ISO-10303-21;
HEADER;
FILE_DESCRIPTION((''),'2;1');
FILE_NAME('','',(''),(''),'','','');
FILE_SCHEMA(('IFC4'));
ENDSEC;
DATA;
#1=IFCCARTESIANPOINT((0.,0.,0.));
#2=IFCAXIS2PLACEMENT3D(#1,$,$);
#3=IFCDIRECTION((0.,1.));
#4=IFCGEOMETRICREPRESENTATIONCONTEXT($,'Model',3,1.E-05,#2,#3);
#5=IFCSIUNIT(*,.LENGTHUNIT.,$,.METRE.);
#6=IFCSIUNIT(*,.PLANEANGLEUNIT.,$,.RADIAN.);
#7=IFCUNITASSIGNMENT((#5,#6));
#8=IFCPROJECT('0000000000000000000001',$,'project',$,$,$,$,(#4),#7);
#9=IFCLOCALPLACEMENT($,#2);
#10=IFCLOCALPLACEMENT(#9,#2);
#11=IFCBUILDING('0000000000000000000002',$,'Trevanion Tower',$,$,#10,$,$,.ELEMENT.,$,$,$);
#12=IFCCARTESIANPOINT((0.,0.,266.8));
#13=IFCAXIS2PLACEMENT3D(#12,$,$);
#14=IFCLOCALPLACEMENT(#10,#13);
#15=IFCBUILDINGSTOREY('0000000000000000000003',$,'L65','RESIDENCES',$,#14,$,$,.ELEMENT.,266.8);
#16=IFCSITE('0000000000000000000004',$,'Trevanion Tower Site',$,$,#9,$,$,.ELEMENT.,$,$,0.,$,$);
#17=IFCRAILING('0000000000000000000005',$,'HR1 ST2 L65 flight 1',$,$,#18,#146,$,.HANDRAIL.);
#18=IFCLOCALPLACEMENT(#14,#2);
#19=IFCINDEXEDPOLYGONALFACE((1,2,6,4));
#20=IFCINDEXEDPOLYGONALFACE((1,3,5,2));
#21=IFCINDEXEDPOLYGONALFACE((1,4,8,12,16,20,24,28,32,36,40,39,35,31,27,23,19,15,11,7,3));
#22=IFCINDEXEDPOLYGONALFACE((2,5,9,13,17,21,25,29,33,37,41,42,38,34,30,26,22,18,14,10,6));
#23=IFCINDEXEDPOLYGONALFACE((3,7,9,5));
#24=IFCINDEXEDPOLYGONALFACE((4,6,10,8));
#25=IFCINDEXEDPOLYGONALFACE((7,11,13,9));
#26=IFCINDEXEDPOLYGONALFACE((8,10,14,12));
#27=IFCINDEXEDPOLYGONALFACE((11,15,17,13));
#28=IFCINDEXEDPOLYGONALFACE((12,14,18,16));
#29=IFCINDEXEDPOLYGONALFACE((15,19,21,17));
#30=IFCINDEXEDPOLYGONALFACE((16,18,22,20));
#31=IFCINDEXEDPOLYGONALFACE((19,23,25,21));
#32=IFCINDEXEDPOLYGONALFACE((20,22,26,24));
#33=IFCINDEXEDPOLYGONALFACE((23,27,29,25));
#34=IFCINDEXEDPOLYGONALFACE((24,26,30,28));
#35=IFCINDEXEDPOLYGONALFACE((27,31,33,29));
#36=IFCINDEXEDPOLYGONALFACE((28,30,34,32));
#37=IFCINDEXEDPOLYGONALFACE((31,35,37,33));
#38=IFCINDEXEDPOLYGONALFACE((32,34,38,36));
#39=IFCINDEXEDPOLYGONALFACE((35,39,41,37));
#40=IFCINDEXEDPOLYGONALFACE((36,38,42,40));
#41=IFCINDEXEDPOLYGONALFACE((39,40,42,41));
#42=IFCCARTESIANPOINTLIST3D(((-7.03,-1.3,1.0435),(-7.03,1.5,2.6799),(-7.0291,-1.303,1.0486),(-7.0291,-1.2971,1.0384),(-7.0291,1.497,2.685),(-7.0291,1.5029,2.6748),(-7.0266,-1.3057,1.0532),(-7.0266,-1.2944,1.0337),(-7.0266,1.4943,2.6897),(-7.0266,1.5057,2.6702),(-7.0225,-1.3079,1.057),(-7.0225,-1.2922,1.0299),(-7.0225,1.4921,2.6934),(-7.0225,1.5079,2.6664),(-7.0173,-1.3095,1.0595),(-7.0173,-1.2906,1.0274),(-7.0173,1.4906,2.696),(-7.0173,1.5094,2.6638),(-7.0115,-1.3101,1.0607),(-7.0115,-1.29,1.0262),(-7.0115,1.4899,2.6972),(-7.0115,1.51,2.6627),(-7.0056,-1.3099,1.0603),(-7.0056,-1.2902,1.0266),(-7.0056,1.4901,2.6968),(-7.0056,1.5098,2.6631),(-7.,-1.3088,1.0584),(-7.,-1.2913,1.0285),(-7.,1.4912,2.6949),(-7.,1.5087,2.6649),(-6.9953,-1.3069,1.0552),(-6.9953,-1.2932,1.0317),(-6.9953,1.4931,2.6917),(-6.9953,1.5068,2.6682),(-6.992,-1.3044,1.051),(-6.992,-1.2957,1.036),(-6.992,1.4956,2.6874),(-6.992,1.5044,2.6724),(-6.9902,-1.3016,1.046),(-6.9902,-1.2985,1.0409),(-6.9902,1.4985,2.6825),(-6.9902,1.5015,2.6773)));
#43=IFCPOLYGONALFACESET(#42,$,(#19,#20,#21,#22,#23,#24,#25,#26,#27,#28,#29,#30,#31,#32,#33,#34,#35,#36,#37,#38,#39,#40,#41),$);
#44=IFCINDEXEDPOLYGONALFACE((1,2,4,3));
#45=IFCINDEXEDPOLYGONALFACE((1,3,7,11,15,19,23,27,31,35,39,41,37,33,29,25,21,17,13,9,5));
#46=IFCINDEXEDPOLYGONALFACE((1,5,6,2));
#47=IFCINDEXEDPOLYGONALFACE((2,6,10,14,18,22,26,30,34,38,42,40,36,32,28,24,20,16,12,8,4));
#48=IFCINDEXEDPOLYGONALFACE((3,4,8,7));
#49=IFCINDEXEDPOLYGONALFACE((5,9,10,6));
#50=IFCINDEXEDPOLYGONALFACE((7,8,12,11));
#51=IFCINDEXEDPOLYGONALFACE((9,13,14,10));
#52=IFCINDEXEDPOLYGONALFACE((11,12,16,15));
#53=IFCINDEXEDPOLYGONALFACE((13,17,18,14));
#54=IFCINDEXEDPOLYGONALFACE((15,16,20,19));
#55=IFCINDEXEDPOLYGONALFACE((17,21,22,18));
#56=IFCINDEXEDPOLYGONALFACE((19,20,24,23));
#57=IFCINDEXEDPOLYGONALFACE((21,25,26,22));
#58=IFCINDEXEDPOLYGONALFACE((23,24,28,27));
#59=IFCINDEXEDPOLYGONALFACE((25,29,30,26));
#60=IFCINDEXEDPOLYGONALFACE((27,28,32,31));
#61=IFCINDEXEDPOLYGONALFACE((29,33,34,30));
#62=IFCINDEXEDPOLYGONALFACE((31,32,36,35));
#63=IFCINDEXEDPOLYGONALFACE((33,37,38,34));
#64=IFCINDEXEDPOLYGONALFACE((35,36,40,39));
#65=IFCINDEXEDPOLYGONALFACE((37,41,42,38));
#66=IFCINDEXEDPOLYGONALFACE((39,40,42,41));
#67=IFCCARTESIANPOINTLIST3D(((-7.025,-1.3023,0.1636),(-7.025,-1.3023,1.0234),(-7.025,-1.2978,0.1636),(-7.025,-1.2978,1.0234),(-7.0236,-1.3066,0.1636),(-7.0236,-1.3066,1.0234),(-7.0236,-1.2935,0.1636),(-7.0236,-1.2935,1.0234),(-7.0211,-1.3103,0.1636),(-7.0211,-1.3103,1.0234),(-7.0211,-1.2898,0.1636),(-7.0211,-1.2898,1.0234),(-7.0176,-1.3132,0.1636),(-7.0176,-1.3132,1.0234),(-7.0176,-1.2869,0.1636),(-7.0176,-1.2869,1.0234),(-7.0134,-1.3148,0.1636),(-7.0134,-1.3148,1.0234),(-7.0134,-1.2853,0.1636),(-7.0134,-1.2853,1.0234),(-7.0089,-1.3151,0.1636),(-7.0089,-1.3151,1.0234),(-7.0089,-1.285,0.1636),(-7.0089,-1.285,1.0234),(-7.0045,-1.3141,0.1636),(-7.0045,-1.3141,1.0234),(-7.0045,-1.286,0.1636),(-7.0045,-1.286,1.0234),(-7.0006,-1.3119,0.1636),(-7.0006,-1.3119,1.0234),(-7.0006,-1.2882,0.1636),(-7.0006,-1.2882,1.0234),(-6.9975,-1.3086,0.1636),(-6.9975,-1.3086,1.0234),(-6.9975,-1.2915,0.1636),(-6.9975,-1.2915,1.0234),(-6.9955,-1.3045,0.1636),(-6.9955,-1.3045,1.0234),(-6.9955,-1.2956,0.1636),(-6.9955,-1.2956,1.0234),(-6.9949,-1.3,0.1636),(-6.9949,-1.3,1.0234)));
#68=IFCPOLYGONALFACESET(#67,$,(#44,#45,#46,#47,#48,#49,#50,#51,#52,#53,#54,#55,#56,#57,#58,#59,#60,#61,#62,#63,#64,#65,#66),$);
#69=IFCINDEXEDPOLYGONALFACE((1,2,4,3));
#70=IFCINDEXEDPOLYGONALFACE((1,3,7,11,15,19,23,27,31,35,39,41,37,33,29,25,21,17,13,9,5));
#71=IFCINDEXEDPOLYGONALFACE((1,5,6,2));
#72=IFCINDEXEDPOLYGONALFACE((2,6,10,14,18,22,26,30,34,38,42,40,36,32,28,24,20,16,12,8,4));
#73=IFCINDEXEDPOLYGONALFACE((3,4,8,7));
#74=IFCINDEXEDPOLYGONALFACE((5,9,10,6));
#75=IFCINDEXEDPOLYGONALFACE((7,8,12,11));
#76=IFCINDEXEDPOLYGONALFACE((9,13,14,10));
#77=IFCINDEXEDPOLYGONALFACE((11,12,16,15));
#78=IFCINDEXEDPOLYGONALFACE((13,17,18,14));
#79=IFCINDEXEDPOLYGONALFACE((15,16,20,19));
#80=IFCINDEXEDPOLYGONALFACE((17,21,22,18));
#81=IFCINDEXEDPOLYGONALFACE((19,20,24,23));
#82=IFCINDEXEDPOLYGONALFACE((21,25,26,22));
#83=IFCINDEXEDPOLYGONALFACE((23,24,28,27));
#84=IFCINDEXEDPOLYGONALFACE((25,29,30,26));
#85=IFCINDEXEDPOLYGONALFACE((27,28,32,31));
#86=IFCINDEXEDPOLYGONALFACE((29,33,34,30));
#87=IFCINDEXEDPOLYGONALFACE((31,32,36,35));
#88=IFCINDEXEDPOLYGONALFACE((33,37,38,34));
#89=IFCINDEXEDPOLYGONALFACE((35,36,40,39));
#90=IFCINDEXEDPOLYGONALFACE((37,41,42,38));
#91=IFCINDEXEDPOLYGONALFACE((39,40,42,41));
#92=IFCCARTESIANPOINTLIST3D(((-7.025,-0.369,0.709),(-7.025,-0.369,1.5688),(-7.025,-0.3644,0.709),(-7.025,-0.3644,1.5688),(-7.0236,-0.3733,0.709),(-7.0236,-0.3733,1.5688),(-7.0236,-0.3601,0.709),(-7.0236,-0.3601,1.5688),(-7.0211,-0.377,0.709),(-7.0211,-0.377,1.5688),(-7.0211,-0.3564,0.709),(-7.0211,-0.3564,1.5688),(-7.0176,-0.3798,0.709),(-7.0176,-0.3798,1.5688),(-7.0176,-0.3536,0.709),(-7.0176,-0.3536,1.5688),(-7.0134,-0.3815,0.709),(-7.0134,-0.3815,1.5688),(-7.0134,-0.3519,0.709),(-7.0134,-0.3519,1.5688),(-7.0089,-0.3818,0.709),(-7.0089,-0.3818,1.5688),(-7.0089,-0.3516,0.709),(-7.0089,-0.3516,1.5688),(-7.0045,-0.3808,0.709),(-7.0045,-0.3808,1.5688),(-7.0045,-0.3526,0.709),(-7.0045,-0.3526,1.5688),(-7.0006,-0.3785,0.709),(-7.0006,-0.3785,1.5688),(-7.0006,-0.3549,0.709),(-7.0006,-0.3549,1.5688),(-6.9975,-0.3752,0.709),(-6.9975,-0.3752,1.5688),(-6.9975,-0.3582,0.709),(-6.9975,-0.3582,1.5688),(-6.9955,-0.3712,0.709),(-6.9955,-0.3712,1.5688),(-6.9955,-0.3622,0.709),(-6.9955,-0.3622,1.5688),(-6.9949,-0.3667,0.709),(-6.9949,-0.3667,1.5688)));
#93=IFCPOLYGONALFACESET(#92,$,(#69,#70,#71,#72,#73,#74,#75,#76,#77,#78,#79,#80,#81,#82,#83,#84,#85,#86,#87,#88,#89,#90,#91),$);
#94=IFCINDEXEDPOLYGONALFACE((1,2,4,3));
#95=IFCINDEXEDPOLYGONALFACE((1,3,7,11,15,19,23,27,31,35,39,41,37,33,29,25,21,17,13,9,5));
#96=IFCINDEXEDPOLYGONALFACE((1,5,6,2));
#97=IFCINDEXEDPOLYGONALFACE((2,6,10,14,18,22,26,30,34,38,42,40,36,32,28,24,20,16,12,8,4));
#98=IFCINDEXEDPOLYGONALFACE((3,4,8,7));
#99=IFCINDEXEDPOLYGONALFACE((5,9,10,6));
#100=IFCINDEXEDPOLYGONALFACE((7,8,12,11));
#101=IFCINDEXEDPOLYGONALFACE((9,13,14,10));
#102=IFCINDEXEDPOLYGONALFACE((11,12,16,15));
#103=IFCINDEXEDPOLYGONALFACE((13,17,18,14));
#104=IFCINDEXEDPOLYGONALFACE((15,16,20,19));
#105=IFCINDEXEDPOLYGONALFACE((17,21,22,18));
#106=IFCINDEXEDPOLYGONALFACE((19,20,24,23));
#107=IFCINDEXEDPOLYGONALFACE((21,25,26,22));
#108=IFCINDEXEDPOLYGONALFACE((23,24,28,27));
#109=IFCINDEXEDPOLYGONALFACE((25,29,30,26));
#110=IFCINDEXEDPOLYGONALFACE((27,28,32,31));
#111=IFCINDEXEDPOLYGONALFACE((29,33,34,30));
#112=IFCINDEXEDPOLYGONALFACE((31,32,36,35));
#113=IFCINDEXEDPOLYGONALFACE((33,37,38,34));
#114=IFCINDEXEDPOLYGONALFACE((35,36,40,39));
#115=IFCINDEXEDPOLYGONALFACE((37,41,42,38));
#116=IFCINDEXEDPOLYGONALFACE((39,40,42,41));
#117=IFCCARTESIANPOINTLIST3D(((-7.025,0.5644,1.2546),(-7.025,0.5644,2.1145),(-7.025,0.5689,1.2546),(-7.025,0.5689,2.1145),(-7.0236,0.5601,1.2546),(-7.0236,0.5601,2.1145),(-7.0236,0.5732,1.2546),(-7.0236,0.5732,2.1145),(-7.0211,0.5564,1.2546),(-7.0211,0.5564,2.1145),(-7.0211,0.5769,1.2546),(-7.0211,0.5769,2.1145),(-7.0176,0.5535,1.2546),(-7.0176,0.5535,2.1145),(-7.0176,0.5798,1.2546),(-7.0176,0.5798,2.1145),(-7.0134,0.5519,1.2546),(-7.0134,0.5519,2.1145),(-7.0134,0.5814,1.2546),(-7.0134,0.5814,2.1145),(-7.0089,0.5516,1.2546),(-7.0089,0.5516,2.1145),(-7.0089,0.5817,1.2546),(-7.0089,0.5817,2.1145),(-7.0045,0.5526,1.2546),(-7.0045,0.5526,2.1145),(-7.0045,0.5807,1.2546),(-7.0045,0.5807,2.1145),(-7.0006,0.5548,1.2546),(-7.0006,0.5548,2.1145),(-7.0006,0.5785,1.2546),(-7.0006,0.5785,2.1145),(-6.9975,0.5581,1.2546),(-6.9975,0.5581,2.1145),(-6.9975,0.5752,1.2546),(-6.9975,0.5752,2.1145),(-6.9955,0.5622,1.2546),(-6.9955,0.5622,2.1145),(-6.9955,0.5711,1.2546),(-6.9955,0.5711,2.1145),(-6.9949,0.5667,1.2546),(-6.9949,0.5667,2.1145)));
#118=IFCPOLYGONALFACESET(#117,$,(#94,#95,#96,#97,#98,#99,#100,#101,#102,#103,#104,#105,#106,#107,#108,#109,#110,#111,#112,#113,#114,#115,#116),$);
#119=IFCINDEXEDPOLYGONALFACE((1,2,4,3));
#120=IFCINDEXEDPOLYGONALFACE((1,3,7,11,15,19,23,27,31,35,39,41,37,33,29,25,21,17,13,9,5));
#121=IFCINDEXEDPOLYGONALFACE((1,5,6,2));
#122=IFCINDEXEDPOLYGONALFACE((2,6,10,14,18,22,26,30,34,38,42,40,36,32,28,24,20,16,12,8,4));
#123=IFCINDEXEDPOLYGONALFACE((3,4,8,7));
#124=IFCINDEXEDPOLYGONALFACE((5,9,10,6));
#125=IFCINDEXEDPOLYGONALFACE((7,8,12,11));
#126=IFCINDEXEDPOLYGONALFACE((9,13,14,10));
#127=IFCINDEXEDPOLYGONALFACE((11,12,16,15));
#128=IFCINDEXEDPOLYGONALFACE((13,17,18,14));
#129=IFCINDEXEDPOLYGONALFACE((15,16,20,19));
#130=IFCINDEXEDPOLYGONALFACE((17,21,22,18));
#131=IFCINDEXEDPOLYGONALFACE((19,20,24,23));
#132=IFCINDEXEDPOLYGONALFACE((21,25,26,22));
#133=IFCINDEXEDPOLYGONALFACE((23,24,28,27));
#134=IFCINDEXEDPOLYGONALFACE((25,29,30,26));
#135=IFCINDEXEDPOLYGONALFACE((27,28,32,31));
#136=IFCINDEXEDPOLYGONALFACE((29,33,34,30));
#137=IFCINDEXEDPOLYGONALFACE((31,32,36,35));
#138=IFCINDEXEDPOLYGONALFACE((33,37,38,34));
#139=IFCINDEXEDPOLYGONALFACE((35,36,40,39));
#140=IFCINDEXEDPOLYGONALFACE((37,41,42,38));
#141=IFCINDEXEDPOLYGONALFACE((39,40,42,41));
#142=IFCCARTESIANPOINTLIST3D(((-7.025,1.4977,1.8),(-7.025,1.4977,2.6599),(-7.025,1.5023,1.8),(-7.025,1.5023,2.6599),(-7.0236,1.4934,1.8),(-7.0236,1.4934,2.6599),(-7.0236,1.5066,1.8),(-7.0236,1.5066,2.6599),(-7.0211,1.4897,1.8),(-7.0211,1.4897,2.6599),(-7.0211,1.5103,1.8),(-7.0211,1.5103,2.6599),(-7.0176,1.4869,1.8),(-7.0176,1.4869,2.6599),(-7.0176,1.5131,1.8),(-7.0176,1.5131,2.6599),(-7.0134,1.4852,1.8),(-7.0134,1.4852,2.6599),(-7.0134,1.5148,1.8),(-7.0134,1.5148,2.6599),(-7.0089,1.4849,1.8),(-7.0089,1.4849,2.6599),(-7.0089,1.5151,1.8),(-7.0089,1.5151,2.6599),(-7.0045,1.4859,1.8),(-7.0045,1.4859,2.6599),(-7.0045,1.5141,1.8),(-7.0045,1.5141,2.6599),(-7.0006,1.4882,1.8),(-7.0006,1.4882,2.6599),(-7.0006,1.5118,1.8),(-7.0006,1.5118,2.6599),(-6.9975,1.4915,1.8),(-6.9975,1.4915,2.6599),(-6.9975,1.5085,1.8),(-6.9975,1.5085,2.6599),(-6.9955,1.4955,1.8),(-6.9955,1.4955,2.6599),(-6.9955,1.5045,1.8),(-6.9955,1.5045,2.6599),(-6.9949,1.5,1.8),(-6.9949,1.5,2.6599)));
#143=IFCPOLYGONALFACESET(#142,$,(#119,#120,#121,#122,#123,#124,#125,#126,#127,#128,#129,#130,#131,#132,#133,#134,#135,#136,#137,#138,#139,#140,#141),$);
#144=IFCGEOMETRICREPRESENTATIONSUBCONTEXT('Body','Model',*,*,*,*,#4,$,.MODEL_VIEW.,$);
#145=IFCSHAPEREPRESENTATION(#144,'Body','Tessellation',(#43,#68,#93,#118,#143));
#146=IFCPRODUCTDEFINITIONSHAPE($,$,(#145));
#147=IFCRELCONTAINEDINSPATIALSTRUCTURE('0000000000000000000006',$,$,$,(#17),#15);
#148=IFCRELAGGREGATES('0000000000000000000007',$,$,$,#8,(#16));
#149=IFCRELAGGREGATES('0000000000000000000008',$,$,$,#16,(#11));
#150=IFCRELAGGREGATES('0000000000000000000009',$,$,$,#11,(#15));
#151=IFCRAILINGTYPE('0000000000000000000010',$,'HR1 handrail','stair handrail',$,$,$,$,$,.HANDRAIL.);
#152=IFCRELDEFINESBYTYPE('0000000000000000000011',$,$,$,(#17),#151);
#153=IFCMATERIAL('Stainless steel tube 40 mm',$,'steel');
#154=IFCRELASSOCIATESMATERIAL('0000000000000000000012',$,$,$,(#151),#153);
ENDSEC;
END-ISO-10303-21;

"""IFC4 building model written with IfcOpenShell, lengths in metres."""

from ifc_helpers import new_model, si_unit, direction, frame, origin, origin_2d, place, context, subcontext, project, spatial, circle, extrude, material, type_object, element, save


model = new_model("IFC4")

# Units and contexts
model_context = context("Model", 3, precision=1e-05, world=origin(), true_north=direction((0.0, 1.0)))
body_context = subcontext(model_context, "Body", "Model", "MODEL_VIEW")
ifc_project = project(units=[si_unit("LENGTHUNIT", "METRE"), si_unit("PLANEANGLEUNIT", "RADIAN")], contexts=[model_context])

# Site, building, storey
site_placement = place(None, origin())
site = spatial("IfcSite", under=ifc_project, at=site_placement, Name="Trevanion Tower Site", CompositionType="ELEMENT", RefElevation=0.0)
building_placement = place(site_placement, origin())
building = spatial("IfcBuilding", under=site, at=building_placement, Name="Trevanion Tower", CompositionType="ELEMENT")
storey_placement = place(building_placement, frame((0.0, 0.0, 266.8)))
storey = spatial("IfcBuildingStorey", under=building, at=storey_placement, Name="L65", Description="RESIDENCES", CompositionType="ELEMENT", Elevation=266.8)

# Railing
ifc_material_1 = material(Name="Stainless steel tube 40 mm", Category="steel")
railing_type = type_object("IfcRailingType", Name="HR1 handrail", Description="stair handrail", PredefinedType="HANDRAIL", material=ifc_material_1)
for number, where, name in (
    (1, (-7.01, -1.3, 0.1636), "HR1 ST2 L65 flight 1"),
):
    element("IfcRailing", number, at=place(storey_placement, frame(where)), inside=storey, type_object=railing_type, Name=name, PredefinedType="HANDRAIL", context=body_context, shape_type="SweptSolid", body=[
        extrude(circle(Radius=0.02, at=origin_2d()), frame((0.0, 0.0, 0.8799), z_axis=(0.0, 0.863361, 0.504587), x_axis=(-1.0, 0.0, 0.0)), (0.0, 0.0, 1.0), 3.2432),
        extrude(circle(Radius=0.0151, at=origin_2d()), origin(), (0.0, 0.0, 1.0), 0.8599),
        extrude(circle(Radius=0.0151, at=origin_2d()), frame((0.0, 0.9333, 0.5454)), (0.0, 0.0, 1.0), 0.8599),
        extrude(circle(Radius=0.0151, at=origin_2d()), frame((0.0, 1.8667, 1.0911)), (0.0, 0.0, 1.0), 0.8599),
        extrude(circle(Radius=0.0151, at=origin_2d()), frame((0.0, 2.8, 1.6365)), (0.0, 0.0, 1.0), 0.8599),
    ])

save(model, "model.ifc")
